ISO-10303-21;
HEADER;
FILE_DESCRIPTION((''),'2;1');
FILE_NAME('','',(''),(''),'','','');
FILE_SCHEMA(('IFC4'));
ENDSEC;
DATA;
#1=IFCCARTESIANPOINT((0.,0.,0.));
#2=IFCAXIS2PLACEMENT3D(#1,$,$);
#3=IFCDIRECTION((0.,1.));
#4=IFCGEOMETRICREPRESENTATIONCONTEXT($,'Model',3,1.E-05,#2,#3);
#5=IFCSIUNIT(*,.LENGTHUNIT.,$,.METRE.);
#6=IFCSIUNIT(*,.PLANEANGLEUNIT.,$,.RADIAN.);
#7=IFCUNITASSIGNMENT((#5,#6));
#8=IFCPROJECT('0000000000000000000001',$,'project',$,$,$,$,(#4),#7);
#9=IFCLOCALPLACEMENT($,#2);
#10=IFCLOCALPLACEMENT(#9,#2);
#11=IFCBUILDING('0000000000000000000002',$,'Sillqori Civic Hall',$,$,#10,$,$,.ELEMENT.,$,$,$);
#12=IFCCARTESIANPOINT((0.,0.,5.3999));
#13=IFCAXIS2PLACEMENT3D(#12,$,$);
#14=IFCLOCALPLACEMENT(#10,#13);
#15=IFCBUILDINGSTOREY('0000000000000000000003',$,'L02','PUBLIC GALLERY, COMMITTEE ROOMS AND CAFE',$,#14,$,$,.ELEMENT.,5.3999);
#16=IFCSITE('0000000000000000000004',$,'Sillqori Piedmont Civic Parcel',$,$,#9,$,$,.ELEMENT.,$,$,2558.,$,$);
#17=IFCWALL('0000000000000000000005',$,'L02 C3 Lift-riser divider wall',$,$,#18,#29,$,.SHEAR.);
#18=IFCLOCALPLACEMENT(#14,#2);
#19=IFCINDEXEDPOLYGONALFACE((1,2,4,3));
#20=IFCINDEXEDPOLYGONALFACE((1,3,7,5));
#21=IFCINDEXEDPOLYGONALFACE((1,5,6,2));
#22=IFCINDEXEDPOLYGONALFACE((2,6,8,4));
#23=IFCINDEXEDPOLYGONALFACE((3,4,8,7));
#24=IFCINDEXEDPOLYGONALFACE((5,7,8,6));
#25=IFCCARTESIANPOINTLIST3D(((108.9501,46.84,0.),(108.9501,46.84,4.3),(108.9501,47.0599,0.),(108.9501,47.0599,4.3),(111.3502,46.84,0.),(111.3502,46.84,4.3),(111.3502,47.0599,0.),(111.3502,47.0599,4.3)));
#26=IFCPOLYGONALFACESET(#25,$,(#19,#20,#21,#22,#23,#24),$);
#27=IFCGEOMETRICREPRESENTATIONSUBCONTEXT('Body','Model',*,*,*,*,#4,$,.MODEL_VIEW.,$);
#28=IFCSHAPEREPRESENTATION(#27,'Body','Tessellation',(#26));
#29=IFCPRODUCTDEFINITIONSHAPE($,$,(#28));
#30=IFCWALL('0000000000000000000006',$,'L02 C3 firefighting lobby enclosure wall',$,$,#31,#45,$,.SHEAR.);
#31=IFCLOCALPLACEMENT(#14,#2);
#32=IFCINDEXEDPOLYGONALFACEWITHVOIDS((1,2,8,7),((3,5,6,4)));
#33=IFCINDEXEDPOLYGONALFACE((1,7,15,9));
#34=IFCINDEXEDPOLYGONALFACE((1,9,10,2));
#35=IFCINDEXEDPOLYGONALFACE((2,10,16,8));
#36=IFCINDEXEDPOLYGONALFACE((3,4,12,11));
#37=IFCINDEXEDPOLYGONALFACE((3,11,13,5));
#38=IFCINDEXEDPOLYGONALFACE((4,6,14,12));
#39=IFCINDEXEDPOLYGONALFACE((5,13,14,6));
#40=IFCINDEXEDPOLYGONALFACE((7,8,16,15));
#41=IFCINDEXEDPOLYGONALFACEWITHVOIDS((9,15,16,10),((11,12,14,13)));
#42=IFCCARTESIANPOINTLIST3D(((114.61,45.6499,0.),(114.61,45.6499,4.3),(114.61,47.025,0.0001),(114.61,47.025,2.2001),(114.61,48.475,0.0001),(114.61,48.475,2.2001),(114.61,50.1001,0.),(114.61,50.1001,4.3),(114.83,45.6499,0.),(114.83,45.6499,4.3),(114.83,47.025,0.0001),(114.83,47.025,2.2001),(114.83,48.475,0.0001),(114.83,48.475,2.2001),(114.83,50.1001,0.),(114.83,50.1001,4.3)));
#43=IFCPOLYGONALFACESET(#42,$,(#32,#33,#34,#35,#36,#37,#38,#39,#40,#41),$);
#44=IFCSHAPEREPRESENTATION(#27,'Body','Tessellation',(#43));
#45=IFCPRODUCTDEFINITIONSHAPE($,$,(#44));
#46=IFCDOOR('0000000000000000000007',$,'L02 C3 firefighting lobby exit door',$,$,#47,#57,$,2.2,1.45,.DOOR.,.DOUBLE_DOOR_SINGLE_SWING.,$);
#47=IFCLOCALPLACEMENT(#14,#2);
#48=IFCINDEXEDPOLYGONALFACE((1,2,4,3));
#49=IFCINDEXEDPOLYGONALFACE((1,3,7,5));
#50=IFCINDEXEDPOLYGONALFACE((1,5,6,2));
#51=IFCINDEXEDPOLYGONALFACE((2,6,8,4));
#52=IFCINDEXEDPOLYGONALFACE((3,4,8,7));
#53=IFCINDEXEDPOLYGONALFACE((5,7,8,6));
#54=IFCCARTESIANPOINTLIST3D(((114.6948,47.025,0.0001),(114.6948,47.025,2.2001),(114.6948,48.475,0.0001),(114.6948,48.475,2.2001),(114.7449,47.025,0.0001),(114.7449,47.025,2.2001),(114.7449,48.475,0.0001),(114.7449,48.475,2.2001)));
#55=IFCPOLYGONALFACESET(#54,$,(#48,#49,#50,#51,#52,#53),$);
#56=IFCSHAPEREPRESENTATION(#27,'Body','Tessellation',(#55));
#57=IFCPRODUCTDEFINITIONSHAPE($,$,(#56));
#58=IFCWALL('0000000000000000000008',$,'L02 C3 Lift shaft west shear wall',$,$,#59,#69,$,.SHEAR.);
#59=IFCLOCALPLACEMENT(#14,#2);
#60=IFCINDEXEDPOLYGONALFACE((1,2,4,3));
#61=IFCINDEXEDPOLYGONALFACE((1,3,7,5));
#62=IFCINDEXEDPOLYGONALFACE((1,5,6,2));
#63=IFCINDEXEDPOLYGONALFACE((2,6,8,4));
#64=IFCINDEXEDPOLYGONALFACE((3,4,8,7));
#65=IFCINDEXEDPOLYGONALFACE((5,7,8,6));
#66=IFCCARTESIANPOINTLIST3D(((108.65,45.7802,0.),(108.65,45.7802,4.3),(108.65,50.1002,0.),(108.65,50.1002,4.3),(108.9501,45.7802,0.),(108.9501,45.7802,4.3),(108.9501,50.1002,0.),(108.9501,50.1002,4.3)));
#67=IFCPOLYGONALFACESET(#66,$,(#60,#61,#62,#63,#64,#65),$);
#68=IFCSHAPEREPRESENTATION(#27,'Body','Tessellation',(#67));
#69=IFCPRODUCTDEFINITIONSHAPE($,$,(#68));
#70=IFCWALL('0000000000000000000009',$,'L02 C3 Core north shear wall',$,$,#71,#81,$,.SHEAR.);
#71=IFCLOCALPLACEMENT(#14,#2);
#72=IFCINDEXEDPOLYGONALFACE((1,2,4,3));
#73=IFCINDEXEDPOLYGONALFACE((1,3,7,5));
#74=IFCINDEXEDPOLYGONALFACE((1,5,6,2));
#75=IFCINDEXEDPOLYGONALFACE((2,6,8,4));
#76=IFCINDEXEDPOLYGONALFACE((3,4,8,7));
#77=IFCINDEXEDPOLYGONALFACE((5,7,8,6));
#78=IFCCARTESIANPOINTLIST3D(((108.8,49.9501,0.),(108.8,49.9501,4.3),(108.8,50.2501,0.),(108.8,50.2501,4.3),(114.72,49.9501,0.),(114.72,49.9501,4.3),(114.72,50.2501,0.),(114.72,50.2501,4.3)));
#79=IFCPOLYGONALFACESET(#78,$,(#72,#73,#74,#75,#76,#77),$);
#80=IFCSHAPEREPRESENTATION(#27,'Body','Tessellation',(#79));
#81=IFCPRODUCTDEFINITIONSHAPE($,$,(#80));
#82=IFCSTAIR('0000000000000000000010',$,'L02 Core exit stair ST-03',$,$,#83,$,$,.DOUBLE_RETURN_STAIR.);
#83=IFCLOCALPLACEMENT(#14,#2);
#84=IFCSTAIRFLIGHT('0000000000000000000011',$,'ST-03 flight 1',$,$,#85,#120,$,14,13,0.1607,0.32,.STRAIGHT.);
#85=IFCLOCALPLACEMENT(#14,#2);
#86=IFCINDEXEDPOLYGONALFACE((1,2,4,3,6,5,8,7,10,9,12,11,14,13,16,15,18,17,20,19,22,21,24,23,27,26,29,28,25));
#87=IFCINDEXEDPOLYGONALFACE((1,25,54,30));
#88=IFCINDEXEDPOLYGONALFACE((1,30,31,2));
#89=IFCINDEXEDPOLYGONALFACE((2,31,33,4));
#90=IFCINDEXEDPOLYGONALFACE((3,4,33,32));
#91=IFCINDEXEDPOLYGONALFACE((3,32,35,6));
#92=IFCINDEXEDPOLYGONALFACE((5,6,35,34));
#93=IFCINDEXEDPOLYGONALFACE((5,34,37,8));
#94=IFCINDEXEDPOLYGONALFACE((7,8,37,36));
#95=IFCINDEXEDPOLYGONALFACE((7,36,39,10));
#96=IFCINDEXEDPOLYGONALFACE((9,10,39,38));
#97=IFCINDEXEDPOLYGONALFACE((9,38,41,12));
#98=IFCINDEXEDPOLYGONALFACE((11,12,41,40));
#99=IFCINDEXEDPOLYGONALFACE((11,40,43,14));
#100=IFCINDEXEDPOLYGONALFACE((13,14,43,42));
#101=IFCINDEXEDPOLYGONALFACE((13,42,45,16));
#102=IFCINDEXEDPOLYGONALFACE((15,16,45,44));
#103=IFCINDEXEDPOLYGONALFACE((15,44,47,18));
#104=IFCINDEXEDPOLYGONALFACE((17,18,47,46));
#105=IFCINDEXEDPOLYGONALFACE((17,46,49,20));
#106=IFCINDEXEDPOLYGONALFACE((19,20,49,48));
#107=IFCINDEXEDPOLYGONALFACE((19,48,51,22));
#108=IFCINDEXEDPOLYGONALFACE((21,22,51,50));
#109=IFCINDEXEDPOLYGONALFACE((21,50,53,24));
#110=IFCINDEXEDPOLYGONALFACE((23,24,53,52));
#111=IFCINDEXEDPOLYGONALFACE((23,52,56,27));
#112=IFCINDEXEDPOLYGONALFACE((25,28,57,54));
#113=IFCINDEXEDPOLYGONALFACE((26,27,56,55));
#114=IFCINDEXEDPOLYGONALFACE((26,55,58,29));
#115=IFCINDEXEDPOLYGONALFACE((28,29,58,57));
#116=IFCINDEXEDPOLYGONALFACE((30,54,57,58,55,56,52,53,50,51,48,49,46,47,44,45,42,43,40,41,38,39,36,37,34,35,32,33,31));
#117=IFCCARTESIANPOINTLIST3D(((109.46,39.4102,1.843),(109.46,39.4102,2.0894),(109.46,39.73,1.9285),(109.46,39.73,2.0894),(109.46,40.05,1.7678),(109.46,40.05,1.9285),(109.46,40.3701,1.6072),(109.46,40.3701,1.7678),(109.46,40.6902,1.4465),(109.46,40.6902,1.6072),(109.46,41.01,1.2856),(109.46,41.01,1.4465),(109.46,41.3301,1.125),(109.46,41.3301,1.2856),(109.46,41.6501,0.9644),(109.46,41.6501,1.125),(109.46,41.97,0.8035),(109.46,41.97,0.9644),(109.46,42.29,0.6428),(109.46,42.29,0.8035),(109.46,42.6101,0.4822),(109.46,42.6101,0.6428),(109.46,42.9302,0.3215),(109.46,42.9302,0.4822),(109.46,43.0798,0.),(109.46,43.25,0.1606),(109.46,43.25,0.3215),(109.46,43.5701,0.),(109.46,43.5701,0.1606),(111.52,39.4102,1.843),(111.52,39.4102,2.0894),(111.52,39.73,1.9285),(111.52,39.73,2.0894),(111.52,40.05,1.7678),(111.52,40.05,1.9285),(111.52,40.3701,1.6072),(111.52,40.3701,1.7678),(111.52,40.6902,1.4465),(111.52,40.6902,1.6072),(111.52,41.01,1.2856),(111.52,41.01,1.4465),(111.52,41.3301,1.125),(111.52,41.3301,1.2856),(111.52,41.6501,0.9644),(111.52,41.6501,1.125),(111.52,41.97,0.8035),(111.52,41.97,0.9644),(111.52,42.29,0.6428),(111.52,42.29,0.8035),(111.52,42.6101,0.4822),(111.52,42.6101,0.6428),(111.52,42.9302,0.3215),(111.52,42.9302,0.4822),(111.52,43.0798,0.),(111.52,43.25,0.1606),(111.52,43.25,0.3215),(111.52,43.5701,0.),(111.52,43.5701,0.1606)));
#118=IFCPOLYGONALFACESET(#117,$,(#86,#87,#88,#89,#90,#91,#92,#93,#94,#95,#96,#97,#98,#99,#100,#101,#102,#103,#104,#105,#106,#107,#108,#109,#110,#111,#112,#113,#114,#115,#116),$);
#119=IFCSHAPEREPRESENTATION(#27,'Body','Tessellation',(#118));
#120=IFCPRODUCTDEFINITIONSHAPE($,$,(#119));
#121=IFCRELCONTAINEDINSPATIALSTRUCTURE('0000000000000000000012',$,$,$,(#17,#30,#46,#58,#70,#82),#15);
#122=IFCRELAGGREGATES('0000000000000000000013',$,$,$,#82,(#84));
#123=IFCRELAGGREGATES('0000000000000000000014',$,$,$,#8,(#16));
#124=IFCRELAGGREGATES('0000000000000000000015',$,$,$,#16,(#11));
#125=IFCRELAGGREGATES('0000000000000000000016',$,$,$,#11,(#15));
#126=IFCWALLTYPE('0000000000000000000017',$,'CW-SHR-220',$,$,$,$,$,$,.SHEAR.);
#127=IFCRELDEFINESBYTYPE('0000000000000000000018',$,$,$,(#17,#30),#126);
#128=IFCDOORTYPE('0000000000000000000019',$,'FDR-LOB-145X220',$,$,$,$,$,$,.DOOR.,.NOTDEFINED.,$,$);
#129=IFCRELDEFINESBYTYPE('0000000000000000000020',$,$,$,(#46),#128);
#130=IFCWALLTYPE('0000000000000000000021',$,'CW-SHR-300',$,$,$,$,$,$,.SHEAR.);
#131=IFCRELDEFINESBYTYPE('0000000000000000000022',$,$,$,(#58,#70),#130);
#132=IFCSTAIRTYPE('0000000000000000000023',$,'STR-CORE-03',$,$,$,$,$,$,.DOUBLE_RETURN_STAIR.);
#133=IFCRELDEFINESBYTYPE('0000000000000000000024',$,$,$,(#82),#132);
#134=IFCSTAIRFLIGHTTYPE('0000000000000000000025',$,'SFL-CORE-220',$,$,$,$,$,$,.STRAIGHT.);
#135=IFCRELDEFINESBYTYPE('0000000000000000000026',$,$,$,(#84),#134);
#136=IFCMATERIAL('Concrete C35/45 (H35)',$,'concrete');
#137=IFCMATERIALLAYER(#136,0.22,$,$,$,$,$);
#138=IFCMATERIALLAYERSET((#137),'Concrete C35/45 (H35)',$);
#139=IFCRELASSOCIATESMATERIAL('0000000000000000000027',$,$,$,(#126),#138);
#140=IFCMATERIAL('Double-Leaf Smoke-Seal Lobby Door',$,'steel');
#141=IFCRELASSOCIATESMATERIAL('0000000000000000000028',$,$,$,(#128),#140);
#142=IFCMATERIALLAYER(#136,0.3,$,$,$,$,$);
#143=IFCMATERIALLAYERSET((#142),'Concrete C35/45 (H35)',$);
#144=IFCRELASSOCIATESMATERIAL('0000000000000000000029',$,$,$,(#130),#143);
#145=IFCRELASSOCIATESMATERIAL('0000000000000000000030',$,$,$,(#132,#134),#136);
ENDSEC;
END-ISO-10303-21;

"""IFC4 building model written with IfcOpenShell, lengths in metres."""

from ifc_helpers import new_model, si_unit, direction, frame, frame_2d, origin, place, context, subcontext, project, spatial, polyline, rectangle, outline, extrude, material, layer, layer_set, type_object, element, fill, aggregate, save


model = new_model("IFC4")

# Units and contexts
model_context = context("Model", 3, precision=1e-05, world=origin(), true_north=direction((0.0, 1.0)))
body_context = subcontext(model_context, "Body", "Model", "MODEL_VIEW")
ifc_project = project(units=[si_unit("LENGTHUNIT", "METRE"), si_unit("PLANEANGLEUNIT", "RADIAN")], contexts=[model_context])

# Site, building, storey
site_placement = place(None, origin())
site = spatial("IfcSite", under=ifc_project, at=site_placement, Name="Sillqori Piedmont Civic Parcel", CompositionType="ELEMENT", RefElevation=2558.0)
building_placement = place(site_placement, origin())
building = spatial("IfcBuilding", under=site, at=building_placement, Name="Sillqori Civic Hall", CompositionType="ELEMENT")
storey_placement = place(building_placement, frame((0.0, 0.0, 5.3999)))
storey = spatial("IfcBuildingStorey", under=building, at=storey_placement, Name="L02", Description="PUBLIC GALLERY, COMMITTEE ROOMS AND CAFE", CompositionType="ELEMENT", Elevation=5.3999)

# Shared definitions
ifc_material_1 = material(Name="Concrete C35/45 (H35)", Category="concrete")

# Wall
ifc_layer_1 = layer(ifc_material_1, 0.22)
ifc_layer_set_1 = layer_set([ifc_layer_1], Name="Concrete C35/45 (H35)")
wall_type_1 = type_object("IfcWallType", Name="CW-SHR-220", PredefinedType="SHEAR", material=ifc_layer_set_1)
wall_1_placement = place(storey_placement, frame((108.95, 46.95, 0.0), z_axis=(0.0, 0.0, 1.0), x_axis=(1.0, 0.0, 0.0)))
element("IfcWall", 1, at=wall_1_placement, inside=storey, type_object=wall_type_1, Name="L02 C3 Lift-riser divider wall", PredefinedType="SHEAR", context=body_context, shape_type="SweptSolid", body=[
    extrude(rectangle(XDim=2.4001, YDim=0.22, at=frame_2d((1.2002, 0.0))), origin(), (0.0, 0.0, 1.0), 4.3),
])

# Wall, opening, door
wall_2_placement = place(storey_placement, frame((114.72, 50.1001, 0.0), z_axis=(0.0, 0.0, 1.0), x_axis=(0.0, -1.0, 0.0)))
wall_2 = element("IfcWall", 2, at=wall_2_placement, inside=storey, type_object=wall_type_1, Name="L02 C3 firefighting lobby enclosure wall", PredefinedType="SHEAR", context=body_context, shape_type="SweptSolid", body=[
    extrude(rectangle(XDim=4.4502, YDim=0.22, at=frame_2d((2.2251, 0.0))), origin(), (0.0, 0.0, 1.0), 4.3),
])
opening_1_placement = place(wall_2_placement, frame((1.625, 0.0, 0.0)))
opening_1 = element("IfcOpeningElement", 3, at=opening_1_placement, cuts=wall_2, PredefinedType="OPENING", context=body_context, shape_type="SweptSolid", body=[
    extrude(rectangle(XDim=1.45, YDim=2.2, at=frame_2d((0.7251, 1.1001))), frame((0.0, 0.1199, 0.0), z_axis=(0.0, -1.0, 0.0), x_axis=(1.0, 0.0, 0.0)), (0.0, 0.0, 1.0), 0.24),
])
ifc_material_2 = material(Name="Double-Leaf Smoke-Seal Lobby Door", Category="steel")
door_type_1 = type_object("IfcDoorType", Name="FDR-LOB-145X220", OperationType="NOTDEFINED", PredefinedType="DOOR", material=ifc_material_2)
door_1_placement = place(opening_1_placement, origin())
door_1 = element("IfcDoor", 4, at=door_1_placement, inside=storey, type_object=door_type_1, Name="L02 C3 firefighting lobby exit door", OperationType="DOUBLE_DOOR_SINGLE_SWING", OverallHeight=2.2, OverallWidth=1.45, PredefinedType="DOOR", context=body_context, shape_type="SweptSolid", body=[
    extrude(rectangle(XDim=1.45, YDim=2.2, at=frame_2d((0.7251, 1.1001))), frame((0.0, 0.0249, 0.0), z_axis=(0.0, -1.0, 0.0), x_axis=(1.0, 0.0, 0.0)), (0.0, 0.0, 1.0), 0.05),
])
fill(opening_1, door_1)

# Walls
ifc_layer_2 = layer(ifc_material_1, 0.3)
ifc_layer_set_2 = layer_set([ifc_layer_2], Name="Concrete C35/45 (H35)")
wall_type_2 = type_object("IfcWallType", Name="CW-SHR-300", PredefinedType="SHEAR", material=ifc_layer_set_2)
wall_3_placement = place(storey_placement, frame((108.8, 45.78, 0.0), z_axis=(0.0, 0.0, 1.0), x_axis=(0.0, 1.0, 0.0)))
element("IfcWall", 5, at=wall_3_placement, inside=storey, type_object=wall_type_2, Name="L02 C3 Lift shaft west shear wall", PredefinedType="SHEAR", context=body_context, shape_type="SweptSolid", body=[
    extrude(rectangle(XDim=4.3201, YDim=0.3, at=frame_2d((2.1602, 0.0))), origin(), (0.0, 0.0, 1.0), 4.3),
])
wall_4_placement = place(storey_placement, frame((108.8, 50.1001, 0.0), z_axis=(0.0, 0.0, 1.0), x_axis=(1.0, 0.0, 0.0)))
element("IfcWall", 6, at=wall_4_placement, inside=storey, type_object=wall_type_2, Name="L02 C3 Core north shear wall", PredefinedType="SHEAR", context=body_context, shape_type="SweptSolid", body=[
    extrude(rectangle(XDim=5.9199, YDim=0.3, at=frame_2d((2.96, 0.0))), origin(), (0.0, 0.0, 1.0), 4.3),
])

# Stair, stair flight
stair_type = type_object("IfcStairType", Name="STR-CORE-03", PredefinedType="DOUBLE_RETURN_STAIR", material=ifc_material_1)
stair_placement = place(storey_placement, origin())
stair = element("IfcStair", 7, at=stair_placement, inside=storey, type_object=stair_type, Name="L02 Core exit stair ST-03", PredefinedType="DOUBLE_RETURN_STAIR")
stair_flight_type = type_object("IfcStairFlightType", Name="SFL-CORE-220", PredefinedType="STRAIGHT", material=ifc_material_1)
stair_flight_placement = place(storey_placement, frame((110.49, 43.5701, 0.0), z_axis=(0.0, 0.0, 1.0), x_axis=(0.0, -1.0, 0.0)))
stair_flight = element("IfcStairFlight", 8, at=stair_flight_placement, type_object=stair_flight_type, Name="ST-03 flight 1", NumberOfRisers=14, NumberOfTreads=13, PredefinedType="STRAIGHT", RiserHeight=0.1607, TreadLength=0.32, context=body_context, shape_type="SweptSolid", body=[
    extrude(outline(polyline([(0.0, 0.0), (0.0, 0.1606), (0.3201, 0.1606), (0.3201, 0.3215), (0.6399, 0.3215), (0.6399, 0.4822), (0.96, 0.4822), (0.96, 0.6428), (1.28, 0.6428), (1.28, 0.8035), (1.6001, 0.8035), (1.6001, 0.9644), (1.9199, 0.9644), (1.9199, 1.125), (2.24, 1.125), (2.24, 1.2856), (2.5601, 1.2856), (2.5601, 1.4465), (2.8799, 1.4465), (2.8799, 1.6072), (3.2, 1.6072), (3.2, 1.7678), (3.52, 1.7678), (3.52, 1.9285), (3.8401, 1.9285), (3.8401, 2.0894), (4.1599, 2.0894), (4.1599, 2.25), (4.1599, 1.843), (0.4902, 0.0), (0.0, 0.0)])), frame((0.0, 1.03, 0.0), z_axis=(0.0, -1.0, 0.0), x_axis=(1.0, 0.0, 0.0)), (0.0, 0.0, 1.0), 2.0601),
])
aggregate(stair, [stair_flight])

save(model, "model.ifc")
